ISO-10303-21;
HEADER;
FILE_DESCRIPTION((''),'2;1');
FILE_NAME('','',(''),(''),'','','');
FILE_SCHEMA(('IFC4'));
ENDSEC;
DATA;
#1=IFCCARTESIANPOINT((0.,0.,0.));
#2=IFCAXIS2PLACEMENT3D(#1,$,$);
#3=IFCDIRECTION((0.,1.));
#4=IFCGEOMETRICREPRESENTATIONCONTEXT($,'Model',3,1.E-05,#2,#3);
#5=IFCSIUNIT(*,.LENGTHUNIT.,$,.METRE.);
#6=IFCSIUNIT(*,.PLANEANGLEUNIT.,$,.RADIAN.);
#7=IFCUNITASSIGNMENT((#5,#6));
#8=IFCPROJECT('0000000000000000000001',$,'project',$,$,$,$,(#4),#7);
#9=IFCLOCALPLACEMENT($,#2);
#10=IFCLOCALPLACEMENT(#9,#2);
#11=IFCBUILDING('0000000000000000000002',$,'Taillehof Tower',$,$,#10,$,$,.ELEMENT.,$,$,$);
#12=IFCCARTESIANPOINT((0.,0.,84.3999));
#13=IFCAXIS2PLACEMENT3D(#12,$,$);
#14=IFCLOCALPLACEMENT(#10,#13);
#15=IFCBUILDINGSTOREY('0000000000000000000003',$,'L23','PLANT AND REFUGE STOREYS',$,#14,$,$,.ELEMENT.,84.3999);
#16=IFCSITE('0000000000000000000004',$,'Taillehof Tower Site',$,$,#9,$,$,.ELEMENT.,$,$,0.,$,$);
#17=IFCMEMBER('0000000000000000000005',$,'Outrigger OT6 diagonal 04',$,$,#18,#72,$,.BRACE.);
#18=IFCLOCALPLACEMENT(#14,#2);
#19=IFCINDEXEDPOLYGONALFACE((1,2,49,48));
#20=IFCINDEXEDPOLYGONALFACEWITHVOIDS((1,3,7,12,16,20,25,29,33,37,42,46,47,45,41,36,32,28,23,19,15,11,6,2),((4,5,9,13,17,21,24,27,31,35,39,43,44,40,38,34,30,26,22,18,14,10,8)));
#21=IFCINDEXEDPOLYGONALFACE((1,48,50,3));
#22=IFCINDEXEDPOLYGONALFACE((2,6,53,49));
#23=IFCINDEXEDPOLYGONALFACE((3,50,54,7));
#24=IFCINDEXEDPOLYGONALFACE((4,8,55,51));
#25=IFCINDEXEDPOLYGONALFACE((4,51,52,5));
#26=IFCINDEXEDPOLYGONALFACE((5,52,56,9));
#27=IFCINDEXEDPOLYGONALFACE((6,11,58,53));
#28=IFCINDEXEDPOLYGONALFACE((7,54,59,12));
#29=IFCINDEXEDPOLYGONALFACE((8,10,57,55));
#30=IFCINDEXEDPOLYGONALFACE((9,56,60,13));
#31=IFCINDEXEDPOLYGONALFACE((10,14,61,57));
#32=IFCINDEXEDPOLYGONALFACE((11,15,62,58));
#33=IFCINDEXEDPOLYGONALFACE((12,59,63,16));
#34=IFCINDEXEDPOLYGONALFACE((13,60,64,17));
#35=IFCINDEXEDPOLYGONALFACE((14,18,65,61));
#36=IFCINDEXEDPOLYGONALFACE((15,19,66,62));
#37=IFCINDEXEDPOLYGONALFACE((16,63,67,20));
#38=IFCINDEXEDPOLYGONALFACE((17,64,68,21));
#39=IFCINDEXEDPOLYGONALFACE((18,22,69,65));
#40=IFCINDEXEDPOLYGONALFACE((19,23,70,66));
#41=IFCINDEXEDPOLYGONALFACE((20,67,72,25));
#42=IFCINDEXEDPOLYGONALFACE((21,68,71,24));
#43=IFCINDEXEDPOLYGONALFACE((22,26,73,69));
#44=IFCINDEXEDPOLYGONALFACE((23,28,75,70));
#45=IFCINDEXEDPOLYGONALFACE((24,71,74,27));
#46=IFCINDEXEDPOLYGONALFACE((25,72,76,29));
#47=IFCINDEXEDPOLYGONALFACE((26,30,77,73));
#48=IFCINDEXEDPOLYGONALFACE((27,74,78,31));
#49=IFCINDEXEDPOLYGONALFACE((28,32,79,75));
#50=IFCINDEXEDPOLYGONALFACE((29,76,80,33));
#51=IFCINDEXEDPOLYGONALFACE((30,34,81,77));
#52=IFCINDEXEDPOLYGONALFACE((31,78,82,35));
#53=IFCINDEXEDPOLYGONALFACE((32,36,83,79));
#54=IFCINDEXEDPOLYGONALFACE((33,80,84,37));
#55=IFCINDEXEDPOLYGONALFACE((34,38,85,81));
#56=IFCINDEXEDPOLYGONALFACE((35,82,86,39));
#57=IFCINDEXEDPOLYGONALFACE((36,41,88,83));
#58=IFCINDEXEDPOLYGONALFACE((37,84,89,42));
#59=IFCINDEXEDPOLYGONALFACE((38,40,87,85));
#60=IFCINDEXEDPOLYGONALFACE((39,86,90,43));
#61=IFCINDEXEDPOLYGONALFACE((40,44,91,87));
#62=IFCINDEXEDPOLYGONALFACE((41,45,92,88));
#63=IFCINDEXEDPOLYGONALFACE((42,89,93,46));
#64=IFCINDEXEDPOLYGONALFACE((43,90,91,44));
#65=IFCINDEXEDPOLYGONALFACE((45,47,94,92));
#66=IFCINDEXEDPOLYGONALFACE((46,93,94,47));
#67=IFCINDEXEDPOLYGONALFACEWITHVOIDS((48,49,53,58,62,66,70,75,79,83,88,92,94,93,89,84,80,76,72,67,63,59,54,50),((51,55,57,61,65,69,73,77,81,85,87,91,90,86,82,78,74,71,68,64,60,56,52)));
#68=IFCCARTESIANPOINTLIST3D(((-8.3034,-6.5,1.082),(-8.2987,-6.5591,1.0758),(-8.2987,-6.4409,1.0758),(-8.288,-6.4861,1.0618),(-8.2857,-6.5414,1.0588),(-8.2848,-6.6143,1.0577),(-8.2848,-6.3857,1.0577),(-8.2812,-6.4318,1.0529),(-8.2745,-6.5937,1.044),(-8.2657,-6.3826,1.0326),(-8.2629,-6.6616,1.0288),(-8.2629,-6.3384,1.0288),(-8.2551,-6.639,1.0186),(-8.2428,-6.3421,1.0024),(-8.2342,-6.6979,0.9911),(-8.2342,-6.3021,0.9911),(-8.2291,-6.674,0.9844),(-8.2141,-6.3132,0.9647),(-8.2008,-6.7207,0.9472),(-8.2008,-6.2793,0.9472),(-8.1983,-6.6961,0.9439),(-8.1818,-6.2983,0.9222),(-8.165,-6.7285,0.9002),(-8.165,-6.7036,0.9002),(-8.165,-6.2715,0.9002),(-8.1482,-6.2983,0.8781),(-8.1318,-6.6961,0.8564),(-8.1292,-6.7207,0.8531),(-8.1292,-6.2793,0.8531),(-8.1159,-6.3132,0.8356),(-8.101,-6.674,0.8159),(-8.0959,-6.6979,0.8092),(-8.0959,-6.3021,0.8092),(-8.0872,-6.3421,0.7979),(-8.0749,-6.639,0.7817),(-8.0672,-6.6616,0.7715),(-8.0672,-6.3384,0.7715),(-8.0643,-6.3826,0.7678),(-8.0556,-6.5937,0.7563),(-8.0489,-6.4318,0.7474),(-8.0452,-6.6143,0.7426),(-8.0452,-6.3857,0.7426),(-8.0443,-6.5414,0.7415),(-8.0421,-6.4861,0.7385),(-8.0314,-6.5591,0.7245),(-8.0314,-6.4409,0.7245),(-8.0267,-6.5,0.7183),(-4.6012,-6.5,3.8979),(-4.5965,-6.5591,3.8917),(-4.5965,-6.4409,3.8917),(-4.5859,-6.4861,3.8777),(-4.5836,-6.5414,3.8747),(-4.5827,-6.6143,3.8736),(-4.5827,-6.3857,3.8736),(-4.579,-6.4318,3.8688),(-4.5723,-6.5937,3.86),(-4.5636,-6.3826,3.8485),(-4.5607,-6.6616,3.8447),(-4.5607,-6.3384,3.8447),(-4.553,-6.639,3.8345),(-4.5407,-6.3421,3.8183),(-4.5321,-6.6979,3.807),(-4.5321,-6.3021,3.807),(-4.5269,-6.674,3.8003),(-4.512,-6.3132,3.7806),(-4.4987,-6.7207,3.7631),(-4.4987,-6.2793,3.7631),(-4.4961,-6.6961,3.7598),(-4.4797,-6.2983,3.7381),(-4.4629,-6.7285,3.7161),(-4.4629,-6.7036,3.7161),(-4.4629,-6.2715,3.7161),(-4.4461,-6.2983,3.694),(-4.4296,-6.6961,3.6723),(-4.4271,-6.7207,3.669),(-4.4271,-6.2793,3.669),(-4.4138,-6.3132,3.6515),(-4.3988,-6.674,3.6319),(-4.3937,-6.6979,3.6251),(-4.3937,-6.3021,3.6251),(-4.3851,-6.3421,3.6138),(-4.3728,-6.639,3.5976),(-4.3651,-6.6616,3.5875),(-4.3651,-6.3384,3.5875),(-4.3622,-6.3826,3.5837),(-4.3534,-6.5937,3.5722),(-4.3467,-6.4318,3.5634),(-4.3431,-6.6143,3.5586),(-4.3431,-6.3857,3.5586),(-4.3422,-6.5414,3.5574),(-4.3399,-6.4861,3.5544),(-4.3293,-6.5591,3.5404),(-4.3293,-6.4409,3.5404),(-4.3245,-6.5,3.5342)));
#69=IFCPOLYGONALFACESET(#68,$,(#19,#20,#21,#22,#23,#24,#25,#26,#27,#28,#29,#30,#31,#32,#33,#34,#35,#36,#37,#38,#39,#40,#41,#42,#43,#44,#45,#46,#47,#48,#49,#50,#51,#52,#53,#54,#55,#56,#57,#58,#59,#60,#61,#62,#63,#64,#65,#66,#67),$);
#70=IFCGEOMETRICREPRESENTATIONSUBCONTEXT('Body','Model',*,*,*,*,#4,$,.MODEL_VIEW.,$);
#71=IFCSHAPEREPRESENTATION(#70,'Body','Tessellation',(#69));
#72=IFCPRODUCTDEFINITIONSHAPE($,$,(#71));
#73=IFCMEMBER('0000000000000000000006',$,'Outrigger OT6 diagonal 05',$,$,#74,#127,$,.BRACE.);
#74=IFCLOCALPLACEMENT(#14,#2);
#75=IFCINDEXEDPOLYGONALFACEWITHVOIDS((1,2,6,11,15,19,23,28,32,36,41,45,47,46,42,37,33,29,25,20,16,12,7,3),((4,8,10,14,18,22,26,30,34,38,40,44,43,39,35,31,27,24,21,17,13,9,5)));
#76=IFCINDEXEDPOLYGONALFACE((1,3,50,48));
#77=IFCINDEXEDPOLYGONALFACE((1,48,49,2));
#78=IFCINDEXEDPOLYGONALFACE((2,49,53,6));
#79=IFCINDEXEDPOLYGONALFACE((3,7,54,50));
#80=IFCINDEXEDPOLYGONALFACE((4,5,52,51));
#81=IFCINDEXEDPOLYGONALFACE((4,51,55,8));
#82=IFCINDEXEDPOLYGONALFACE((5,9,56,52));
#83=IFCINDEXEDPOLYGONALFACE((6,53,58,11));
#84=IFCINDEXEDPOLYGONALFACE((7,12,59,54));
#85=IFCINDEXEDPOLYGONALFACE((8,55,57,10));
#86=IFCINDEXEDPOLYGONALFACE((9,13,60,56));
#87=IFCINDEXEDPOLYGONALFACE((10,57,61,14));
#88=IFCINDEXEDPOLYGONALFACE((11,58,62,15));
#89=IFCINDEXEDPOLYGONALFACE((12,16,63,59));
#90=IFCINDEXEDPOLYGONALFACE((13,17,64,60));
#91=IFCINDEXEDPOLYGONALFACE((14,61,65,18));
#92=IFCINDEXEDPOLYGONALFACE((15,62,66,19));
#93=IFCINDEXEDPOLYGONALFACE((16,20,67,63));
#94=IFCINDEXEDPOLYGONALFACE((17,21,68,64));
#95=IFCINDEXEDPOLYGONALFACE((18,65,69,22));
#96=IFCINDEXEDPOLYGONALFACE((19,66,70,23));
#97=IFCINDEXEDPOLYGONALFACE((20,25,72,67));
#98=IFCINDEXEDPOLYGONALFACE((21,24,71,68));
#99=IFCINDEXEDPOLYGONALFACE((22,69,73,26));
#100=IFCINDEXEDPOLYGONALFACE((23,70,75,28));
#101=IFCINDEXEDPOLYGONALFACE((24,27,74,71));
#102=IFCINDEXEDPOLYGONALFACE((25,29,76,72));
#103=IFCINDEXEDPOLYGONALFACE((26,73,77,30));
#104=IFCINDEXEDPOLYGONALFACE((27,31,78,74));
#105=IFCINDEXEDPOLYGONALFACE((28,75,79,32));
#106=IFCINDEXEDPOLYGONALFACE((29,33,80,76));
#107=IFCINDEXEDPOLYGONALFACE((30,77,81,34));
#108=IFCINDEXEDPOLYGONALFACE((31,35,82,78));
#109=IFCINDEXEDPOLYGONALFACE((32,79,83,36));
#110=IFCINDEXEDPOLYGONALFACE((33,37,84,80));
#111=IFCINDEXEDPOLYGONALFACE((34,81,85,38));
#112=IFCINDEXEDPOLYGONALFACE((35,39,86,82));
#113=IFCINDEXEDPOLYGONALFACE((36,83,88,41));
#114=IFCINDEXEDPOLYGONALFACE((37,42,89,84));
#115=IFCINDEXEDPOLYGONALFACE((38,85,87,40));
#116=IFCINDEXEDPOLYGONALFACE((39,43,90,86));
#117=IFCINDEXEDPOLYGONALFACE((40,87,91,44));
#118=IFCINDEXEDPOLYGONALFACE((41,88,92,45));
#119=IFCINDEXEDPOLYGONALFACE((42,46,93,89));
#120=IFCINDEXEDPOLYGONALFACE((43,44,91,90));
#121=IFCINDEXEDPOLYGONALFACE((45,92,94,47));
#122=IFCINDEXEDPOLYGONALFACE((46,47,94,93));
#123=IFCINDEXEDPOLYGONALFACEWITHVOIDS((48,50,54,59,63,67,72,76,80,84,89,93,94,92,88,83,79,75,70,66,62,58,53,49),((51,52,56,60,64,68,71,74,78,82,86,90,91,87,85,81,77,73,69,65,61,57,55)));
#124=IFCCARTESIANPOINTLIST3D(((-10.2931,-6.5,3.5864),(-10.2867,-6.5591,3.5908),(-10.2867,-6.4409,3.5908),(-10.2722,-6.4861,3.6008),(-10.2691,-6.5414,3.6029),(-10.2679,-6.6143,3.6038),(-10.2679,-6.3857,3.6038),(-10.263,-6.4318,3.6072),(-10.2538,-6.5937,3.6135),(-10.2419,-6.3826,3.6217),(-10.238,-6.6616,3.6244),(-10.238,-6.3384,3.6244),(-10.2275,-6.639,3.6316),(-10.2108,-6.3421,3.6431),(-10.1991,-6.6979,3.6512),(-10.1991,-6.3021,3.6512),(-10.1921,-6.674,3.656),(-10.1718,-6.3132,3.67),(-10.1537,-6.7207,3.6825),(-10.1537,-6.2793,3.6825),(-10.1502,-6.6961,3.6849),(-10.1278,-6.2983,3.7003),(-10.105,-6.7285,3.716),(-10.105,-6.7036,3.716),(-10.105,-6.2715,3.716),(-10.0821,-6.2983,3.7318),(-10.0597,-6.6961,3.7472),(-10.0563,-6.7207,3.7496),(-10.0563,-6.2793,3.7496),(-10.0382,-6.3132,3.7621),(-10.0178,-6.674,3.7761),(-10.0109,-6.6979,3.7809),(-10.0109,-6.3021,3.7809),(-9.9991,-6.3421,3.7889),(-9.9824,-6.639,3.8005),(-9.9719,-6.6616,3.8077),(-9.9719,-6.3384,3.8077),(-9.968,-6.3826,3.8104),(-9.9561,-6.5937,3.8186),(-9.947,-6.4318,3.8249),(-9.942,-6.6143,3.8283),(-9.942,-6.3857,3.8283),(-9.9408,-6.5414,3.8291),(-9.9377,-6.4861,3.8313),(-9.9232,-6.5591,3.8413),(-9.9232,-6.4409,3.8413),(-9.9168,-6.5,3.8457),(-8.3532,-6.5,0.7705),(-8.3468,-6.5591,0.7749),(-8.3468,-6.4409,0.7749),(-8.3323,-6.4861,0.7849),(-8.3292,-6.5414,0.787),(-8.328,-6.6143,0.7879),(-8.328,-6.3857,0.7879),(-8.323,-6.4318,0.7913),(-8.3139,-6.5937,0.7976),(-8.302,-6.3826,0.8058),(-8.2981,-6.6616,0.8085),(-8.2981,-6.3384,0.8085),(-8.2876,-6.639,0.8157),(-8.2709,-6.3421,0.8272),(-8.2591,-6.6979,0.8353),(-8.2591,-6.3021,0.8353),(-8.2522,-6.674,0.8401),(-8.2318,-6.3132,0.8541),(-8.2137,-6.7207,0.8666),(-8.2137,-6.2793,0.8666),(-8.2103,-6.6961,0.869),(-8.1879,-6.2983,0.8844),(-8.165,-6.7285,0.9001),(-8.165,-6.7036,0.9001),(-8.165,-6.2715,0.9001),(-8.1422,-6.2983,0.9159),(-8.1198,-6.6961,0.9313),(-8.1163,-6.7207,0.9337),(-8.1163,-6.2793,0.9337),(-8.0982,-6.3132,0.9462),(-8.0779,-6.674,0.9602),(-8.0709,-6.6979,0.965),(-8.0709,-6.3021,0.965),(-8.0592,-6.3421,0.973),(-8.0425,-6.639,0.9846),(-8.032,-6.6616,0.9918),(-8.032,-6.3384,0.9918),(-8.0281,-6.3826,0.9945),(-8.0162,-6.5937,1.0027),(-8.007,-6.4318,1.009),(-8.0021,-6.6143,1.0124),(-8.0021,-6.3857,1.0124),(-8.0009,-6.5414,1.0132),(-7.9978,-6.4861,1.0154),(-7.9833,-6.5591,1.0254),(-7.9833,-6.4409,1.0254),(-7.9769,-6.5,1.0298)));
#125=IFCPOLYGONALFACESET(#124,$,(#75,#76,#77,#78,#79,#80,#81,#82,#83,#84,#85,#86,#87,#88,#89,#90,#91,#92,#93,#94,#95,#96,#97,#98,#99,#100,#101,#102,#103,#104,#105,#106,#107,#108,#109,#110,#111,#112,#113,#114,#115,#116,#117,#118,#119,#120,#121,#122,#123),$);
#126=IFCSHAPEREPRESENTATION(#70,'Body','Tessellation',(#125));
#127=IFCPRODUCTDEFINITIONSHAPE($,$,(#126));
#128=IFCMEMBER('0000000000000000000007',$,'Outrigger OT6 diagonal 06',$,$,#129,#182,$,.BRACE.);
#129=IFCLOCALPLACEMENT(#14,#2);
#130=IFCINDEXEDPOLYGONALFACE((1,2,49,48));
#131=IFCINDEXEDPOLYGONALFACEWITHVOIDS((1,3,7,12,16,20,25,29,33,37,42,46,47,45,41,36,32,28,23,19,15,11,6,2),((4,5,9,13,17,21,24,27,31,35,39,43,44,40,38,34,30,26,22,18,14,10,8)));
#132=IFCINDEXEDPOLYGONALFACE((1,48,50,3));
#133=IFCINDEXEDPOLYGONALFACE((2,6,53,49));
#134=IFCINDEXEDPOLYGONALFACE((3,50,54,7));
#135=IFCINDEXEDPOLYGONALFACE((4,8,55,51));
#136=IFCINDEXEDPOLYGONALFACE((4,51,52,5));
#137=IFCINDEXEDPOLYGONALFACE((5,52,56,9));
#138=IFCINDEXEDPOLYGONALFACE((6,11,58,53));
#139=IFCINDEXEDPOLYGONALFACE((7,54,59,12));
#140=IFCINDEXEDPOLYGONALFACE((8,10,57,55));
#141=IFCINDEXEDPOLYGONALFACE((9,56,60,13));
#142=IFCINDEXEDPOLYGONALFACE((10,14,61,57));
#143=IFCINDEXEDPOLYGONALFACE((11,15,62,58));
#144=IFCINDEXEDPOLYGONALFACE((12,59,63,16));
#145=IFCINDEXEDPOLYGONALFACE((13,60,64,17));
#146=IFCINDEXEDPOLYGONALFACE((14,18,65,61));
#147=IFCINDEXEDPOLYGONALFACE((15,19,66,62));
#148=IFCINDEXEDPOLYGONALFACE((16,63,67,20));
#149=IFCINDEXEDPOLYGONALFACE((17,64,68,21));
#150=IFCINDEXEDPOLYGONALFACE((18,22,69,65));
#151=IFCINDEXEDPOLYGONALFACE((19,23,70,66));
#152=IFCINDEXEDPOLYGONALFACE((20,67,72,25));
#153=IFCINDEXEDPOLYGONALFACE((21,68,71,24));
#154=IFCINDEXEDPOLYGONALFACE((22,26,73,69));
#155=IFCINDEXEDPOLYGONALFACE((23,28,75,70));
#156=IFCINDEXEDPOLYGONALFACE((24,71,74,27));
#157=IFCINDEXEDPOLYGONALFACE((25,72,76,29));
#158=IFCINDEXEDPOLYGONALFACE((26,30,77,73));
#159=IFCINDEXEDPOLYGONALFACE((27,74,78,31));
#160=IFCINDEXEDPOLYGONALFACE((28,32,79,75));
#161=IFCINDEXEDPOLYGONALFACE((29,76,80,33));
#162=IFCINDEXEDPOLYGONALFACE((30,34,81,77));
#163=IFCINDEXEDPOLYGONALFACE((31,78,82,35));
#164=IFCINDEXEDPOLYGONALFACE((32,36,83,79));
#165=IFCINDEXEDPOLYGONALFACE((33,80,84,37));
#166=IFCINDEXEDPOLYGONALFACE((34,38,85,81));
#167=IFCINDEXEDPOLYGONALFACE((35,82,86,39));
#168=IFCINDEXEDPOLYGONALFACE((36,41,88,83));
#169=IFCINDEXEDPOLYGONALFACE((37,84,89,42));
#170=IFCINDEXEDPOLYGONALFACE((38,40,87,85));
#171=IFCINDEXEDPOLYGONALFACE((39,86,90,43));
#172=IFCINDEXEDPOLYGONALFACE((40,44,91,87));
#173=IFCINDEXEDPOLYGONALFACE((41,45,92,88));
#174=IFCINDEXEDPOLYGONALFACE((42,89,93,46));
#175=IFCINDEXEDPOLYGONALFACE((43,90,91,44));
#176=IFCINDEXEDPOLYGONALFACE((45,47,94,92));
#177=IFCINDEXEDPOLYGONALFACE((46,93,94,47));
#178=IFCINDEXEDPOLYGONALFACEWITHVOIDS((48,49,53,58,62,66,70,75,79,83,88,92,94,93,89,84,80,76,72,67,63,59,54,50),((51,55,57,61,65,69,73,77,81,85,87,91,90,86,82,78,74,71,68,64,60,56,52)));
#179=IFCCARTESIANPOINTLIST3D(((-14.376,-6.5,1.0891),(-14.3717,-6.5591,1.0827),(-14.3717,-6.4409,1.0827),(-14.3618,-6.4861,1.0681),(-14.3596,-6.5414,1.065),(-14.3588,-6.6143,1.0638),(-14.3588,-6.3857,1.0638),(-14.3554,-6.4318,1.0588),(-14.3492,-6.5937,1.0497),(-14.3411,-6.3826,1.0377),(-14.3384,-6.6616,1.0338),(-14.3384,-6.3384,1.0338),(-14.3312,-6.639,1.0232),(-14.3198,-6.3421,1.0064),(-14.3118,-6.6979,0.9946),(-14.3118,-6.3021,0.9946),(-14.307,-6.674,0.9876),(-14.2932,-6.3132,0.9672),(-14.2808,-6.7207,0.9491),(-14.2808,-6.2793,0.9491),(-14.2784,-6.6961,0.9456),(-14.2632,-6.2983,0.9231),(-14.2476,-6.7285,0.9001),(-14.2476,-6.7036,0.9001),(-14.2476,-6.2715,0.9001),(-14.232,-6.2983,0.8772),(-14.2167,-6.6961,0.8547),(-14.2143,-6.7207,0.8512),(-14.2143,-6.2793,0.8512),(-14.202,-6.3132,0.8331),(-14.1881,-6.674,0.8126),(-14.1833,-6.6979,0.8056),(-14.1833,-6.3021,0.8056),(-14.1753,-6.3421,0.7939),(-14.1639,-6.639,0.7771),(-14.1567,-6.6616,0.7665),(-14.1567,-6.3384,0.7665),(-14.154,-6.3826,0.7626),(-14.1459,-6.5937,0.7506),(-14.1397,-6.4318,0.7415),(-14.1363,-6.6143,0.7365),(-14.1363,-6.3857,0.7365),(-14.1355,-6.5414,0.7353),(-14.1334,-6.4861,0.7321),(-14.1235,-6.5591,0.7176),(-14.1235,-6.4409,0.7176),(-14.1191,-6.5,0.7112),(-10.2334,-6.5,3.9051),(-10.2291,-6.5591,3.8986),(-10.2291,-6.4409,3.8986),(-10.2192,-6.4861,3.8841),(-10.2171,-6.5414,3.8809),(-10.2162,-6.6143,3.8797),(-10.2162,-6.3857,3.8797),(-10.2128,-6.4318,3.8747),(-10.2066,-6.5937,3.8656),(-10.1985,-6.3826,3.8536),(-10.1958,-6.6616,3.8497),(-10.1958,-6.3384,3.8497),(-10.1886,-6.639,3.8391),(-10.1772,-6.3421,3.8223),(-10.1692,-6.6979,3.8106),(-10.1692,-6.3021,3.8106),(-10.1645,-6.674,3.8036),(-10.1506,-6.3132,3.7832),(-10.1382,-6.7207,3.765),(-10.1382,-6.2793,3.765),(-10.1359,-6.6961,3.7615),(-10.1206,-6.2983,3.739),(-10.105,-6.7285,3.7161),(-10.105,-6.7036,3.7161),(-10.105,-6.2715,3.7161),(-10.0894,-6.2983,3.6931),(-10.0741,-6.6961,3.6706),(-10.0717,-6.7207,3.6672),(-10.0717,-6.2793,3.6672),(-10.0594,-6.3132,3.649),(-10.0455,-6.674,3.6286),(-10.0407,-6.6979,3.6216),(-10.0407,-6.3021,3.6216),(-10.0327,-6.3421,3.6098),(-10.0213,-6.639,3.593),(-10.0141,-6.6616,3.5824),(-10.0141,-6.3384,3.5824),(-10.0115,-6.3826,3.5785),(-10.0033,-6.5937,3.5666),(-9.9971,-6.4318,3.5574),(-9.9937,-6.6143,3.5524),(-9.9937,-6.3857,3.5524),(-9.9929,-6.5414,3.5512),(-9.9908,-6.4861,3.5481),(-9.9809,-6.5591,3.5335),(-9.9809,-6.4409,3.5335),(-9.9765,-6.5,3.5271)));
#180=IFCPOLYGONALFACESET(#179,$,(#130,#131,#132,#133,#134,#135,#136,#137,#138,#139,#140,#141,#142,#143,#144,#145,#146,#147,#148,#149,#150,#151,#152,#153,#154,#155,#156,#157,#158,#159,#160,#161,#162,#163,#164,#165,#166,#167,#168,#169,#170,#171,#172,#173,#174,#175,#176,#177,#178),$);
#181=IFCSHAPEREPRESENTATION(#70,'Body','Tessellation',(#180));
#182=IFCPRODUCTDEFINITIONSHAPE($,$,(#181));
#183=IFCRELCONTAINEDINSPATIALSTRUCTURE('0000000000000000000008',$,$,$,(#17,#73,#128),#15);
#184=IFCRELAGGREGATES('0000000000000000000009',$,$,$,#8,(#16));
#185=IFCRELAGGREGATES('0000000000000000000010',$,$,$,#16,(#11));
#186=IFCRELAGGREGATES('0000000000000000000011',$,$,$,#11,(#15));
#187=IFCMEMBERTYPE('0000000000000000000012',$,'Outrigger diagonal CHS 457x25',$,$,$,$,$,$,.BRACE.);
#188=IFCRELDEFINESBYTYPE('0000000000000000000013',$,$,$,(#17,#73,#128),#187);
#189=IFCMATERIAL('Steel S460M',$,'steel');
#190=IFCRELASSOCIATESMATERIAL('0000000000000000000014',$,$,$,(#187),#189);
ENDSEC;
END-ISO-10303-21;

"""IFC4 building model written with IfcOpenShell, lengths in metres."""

from ifc_helpers import new_model, si_unit, direction, frame, origin, origin_2d, place, context, subcontext, project, spatial, hollow_circle, extrude, material, material_profile, profile_set, type_object, element, save


model = new_model("IFC4")

# Units and contexts
model_context = context("Model", 3, precision=1e-05, world=origin(), true_north=direction((0.0, 1.0)))
body_context = subcontext(model_context, "Body", "Model", "MODEL_VIEW")
ifc_project = project(units=[si_unit("LENGTHUNIT", "METRE"), si_unit("PLANEANGLEUNIT", "RADIAN")], contexts=[model_context])

# Site, building, storey
site_placement = place(None, origin())
site = spatial("IfcSite", under=ifc_project, at=site_placement, Name="Taillehof Tower Site", CompositionType="ELEMENT", RefElevation=0.0)
building_placement = place(site_placement, origin())
building = spatial("IfcBuilding", under=site, at=building_placement, Name="Taillehof Tower", CompositionType="ELEMENT")
storey_placement = place(building_placement, frame((0.0, 0.0, 84.3999)))
storey = spatial("IfcBuildingStorey", under=building, at=storey_placement, Name="L23", Description="PLANT AND REFUGE STOREYS", CompositionType="ELEMENT", Elevation=84.3999)

# Members
ifc_material_1 = material(Name="Steel S460M", Category="steel")
ifc_material_profile_1 = material_profile(ifc_material_1, hollow_circle(Radius=0.2285, WallThickness=0.0249, at=origin_2d()), Name="CHS 457x25")
ifc_profile_set_1 = profile_set([ifc_material_profile_1], Name="Steel S460M")
member_type_1 = type_object("IfcMemberType", Name="Outrigger diagonal CHS 457x25", PredefinedType="BRACE", material=ifc_profile_set_1)
member_1_placement = place(storey_placement, frame((-4.4629, -6.5, 3.7161), z_axis=(-0.795925, 0.0, -0.605395), x_axis=(0.0, -1.0, 0.0)))
element("IfcMember", 1, at=member_1_placement, inside=storey, type_object=member_type_1, Name="Outrigger OT6 diagonal 04", PredefinedType="BRACE", context=body_context, shape_type="SweptSolid", body=[
    extrude(hollow_circle(Radius=0.2285, WallThickness=0.0249, at=origin_2d()), origin(), (0.0, 0.0, 1.0), 4.6514),
])
member_2_placement = place(storey_placement, frame((-8.165, -6.5, 0.9001), z_axis=(-0.567322, 0.0, 0.823496), x_axis=(0.0, -1.0, 0.0)))
element("IfcMember", 2, at=member_2_placement, inside=storey, type_object=member_type_1, Name="Outrigger OT6 diagonal 05", PredefinedType="BRACE", context=body_context, shape_type="SweptSolid", body=[
    extrude(hollow_circle(Radius=0.2285, WallThickness=0.0249, at=origin_2d()), origin(), (0.0, 0.0, 1.0), 3.4194),
])
member_3_placement = place(storey_placement, frame((-10.105, -6.5, 3.7161), z_axis=(-0.827023, 0.0, -0.562169), x_axis=(0.0, -1.0, 0.0)))
element("IfcMember", 3, at=member_3_placement, inside=storey, type_object=member_type_1, Name="Outrigger OT6 diagonal 06", PredefinedType="BRACE", context=body_context, shape_type="SweptSolid", body=[
    extrude(hollow_circle(Radius=0.2285, WallThickness=0.0249, at=origin_2d()), origin(), (0.0, 0.0, 1.0), 5.009),
])

save(model, "model.ifc")
